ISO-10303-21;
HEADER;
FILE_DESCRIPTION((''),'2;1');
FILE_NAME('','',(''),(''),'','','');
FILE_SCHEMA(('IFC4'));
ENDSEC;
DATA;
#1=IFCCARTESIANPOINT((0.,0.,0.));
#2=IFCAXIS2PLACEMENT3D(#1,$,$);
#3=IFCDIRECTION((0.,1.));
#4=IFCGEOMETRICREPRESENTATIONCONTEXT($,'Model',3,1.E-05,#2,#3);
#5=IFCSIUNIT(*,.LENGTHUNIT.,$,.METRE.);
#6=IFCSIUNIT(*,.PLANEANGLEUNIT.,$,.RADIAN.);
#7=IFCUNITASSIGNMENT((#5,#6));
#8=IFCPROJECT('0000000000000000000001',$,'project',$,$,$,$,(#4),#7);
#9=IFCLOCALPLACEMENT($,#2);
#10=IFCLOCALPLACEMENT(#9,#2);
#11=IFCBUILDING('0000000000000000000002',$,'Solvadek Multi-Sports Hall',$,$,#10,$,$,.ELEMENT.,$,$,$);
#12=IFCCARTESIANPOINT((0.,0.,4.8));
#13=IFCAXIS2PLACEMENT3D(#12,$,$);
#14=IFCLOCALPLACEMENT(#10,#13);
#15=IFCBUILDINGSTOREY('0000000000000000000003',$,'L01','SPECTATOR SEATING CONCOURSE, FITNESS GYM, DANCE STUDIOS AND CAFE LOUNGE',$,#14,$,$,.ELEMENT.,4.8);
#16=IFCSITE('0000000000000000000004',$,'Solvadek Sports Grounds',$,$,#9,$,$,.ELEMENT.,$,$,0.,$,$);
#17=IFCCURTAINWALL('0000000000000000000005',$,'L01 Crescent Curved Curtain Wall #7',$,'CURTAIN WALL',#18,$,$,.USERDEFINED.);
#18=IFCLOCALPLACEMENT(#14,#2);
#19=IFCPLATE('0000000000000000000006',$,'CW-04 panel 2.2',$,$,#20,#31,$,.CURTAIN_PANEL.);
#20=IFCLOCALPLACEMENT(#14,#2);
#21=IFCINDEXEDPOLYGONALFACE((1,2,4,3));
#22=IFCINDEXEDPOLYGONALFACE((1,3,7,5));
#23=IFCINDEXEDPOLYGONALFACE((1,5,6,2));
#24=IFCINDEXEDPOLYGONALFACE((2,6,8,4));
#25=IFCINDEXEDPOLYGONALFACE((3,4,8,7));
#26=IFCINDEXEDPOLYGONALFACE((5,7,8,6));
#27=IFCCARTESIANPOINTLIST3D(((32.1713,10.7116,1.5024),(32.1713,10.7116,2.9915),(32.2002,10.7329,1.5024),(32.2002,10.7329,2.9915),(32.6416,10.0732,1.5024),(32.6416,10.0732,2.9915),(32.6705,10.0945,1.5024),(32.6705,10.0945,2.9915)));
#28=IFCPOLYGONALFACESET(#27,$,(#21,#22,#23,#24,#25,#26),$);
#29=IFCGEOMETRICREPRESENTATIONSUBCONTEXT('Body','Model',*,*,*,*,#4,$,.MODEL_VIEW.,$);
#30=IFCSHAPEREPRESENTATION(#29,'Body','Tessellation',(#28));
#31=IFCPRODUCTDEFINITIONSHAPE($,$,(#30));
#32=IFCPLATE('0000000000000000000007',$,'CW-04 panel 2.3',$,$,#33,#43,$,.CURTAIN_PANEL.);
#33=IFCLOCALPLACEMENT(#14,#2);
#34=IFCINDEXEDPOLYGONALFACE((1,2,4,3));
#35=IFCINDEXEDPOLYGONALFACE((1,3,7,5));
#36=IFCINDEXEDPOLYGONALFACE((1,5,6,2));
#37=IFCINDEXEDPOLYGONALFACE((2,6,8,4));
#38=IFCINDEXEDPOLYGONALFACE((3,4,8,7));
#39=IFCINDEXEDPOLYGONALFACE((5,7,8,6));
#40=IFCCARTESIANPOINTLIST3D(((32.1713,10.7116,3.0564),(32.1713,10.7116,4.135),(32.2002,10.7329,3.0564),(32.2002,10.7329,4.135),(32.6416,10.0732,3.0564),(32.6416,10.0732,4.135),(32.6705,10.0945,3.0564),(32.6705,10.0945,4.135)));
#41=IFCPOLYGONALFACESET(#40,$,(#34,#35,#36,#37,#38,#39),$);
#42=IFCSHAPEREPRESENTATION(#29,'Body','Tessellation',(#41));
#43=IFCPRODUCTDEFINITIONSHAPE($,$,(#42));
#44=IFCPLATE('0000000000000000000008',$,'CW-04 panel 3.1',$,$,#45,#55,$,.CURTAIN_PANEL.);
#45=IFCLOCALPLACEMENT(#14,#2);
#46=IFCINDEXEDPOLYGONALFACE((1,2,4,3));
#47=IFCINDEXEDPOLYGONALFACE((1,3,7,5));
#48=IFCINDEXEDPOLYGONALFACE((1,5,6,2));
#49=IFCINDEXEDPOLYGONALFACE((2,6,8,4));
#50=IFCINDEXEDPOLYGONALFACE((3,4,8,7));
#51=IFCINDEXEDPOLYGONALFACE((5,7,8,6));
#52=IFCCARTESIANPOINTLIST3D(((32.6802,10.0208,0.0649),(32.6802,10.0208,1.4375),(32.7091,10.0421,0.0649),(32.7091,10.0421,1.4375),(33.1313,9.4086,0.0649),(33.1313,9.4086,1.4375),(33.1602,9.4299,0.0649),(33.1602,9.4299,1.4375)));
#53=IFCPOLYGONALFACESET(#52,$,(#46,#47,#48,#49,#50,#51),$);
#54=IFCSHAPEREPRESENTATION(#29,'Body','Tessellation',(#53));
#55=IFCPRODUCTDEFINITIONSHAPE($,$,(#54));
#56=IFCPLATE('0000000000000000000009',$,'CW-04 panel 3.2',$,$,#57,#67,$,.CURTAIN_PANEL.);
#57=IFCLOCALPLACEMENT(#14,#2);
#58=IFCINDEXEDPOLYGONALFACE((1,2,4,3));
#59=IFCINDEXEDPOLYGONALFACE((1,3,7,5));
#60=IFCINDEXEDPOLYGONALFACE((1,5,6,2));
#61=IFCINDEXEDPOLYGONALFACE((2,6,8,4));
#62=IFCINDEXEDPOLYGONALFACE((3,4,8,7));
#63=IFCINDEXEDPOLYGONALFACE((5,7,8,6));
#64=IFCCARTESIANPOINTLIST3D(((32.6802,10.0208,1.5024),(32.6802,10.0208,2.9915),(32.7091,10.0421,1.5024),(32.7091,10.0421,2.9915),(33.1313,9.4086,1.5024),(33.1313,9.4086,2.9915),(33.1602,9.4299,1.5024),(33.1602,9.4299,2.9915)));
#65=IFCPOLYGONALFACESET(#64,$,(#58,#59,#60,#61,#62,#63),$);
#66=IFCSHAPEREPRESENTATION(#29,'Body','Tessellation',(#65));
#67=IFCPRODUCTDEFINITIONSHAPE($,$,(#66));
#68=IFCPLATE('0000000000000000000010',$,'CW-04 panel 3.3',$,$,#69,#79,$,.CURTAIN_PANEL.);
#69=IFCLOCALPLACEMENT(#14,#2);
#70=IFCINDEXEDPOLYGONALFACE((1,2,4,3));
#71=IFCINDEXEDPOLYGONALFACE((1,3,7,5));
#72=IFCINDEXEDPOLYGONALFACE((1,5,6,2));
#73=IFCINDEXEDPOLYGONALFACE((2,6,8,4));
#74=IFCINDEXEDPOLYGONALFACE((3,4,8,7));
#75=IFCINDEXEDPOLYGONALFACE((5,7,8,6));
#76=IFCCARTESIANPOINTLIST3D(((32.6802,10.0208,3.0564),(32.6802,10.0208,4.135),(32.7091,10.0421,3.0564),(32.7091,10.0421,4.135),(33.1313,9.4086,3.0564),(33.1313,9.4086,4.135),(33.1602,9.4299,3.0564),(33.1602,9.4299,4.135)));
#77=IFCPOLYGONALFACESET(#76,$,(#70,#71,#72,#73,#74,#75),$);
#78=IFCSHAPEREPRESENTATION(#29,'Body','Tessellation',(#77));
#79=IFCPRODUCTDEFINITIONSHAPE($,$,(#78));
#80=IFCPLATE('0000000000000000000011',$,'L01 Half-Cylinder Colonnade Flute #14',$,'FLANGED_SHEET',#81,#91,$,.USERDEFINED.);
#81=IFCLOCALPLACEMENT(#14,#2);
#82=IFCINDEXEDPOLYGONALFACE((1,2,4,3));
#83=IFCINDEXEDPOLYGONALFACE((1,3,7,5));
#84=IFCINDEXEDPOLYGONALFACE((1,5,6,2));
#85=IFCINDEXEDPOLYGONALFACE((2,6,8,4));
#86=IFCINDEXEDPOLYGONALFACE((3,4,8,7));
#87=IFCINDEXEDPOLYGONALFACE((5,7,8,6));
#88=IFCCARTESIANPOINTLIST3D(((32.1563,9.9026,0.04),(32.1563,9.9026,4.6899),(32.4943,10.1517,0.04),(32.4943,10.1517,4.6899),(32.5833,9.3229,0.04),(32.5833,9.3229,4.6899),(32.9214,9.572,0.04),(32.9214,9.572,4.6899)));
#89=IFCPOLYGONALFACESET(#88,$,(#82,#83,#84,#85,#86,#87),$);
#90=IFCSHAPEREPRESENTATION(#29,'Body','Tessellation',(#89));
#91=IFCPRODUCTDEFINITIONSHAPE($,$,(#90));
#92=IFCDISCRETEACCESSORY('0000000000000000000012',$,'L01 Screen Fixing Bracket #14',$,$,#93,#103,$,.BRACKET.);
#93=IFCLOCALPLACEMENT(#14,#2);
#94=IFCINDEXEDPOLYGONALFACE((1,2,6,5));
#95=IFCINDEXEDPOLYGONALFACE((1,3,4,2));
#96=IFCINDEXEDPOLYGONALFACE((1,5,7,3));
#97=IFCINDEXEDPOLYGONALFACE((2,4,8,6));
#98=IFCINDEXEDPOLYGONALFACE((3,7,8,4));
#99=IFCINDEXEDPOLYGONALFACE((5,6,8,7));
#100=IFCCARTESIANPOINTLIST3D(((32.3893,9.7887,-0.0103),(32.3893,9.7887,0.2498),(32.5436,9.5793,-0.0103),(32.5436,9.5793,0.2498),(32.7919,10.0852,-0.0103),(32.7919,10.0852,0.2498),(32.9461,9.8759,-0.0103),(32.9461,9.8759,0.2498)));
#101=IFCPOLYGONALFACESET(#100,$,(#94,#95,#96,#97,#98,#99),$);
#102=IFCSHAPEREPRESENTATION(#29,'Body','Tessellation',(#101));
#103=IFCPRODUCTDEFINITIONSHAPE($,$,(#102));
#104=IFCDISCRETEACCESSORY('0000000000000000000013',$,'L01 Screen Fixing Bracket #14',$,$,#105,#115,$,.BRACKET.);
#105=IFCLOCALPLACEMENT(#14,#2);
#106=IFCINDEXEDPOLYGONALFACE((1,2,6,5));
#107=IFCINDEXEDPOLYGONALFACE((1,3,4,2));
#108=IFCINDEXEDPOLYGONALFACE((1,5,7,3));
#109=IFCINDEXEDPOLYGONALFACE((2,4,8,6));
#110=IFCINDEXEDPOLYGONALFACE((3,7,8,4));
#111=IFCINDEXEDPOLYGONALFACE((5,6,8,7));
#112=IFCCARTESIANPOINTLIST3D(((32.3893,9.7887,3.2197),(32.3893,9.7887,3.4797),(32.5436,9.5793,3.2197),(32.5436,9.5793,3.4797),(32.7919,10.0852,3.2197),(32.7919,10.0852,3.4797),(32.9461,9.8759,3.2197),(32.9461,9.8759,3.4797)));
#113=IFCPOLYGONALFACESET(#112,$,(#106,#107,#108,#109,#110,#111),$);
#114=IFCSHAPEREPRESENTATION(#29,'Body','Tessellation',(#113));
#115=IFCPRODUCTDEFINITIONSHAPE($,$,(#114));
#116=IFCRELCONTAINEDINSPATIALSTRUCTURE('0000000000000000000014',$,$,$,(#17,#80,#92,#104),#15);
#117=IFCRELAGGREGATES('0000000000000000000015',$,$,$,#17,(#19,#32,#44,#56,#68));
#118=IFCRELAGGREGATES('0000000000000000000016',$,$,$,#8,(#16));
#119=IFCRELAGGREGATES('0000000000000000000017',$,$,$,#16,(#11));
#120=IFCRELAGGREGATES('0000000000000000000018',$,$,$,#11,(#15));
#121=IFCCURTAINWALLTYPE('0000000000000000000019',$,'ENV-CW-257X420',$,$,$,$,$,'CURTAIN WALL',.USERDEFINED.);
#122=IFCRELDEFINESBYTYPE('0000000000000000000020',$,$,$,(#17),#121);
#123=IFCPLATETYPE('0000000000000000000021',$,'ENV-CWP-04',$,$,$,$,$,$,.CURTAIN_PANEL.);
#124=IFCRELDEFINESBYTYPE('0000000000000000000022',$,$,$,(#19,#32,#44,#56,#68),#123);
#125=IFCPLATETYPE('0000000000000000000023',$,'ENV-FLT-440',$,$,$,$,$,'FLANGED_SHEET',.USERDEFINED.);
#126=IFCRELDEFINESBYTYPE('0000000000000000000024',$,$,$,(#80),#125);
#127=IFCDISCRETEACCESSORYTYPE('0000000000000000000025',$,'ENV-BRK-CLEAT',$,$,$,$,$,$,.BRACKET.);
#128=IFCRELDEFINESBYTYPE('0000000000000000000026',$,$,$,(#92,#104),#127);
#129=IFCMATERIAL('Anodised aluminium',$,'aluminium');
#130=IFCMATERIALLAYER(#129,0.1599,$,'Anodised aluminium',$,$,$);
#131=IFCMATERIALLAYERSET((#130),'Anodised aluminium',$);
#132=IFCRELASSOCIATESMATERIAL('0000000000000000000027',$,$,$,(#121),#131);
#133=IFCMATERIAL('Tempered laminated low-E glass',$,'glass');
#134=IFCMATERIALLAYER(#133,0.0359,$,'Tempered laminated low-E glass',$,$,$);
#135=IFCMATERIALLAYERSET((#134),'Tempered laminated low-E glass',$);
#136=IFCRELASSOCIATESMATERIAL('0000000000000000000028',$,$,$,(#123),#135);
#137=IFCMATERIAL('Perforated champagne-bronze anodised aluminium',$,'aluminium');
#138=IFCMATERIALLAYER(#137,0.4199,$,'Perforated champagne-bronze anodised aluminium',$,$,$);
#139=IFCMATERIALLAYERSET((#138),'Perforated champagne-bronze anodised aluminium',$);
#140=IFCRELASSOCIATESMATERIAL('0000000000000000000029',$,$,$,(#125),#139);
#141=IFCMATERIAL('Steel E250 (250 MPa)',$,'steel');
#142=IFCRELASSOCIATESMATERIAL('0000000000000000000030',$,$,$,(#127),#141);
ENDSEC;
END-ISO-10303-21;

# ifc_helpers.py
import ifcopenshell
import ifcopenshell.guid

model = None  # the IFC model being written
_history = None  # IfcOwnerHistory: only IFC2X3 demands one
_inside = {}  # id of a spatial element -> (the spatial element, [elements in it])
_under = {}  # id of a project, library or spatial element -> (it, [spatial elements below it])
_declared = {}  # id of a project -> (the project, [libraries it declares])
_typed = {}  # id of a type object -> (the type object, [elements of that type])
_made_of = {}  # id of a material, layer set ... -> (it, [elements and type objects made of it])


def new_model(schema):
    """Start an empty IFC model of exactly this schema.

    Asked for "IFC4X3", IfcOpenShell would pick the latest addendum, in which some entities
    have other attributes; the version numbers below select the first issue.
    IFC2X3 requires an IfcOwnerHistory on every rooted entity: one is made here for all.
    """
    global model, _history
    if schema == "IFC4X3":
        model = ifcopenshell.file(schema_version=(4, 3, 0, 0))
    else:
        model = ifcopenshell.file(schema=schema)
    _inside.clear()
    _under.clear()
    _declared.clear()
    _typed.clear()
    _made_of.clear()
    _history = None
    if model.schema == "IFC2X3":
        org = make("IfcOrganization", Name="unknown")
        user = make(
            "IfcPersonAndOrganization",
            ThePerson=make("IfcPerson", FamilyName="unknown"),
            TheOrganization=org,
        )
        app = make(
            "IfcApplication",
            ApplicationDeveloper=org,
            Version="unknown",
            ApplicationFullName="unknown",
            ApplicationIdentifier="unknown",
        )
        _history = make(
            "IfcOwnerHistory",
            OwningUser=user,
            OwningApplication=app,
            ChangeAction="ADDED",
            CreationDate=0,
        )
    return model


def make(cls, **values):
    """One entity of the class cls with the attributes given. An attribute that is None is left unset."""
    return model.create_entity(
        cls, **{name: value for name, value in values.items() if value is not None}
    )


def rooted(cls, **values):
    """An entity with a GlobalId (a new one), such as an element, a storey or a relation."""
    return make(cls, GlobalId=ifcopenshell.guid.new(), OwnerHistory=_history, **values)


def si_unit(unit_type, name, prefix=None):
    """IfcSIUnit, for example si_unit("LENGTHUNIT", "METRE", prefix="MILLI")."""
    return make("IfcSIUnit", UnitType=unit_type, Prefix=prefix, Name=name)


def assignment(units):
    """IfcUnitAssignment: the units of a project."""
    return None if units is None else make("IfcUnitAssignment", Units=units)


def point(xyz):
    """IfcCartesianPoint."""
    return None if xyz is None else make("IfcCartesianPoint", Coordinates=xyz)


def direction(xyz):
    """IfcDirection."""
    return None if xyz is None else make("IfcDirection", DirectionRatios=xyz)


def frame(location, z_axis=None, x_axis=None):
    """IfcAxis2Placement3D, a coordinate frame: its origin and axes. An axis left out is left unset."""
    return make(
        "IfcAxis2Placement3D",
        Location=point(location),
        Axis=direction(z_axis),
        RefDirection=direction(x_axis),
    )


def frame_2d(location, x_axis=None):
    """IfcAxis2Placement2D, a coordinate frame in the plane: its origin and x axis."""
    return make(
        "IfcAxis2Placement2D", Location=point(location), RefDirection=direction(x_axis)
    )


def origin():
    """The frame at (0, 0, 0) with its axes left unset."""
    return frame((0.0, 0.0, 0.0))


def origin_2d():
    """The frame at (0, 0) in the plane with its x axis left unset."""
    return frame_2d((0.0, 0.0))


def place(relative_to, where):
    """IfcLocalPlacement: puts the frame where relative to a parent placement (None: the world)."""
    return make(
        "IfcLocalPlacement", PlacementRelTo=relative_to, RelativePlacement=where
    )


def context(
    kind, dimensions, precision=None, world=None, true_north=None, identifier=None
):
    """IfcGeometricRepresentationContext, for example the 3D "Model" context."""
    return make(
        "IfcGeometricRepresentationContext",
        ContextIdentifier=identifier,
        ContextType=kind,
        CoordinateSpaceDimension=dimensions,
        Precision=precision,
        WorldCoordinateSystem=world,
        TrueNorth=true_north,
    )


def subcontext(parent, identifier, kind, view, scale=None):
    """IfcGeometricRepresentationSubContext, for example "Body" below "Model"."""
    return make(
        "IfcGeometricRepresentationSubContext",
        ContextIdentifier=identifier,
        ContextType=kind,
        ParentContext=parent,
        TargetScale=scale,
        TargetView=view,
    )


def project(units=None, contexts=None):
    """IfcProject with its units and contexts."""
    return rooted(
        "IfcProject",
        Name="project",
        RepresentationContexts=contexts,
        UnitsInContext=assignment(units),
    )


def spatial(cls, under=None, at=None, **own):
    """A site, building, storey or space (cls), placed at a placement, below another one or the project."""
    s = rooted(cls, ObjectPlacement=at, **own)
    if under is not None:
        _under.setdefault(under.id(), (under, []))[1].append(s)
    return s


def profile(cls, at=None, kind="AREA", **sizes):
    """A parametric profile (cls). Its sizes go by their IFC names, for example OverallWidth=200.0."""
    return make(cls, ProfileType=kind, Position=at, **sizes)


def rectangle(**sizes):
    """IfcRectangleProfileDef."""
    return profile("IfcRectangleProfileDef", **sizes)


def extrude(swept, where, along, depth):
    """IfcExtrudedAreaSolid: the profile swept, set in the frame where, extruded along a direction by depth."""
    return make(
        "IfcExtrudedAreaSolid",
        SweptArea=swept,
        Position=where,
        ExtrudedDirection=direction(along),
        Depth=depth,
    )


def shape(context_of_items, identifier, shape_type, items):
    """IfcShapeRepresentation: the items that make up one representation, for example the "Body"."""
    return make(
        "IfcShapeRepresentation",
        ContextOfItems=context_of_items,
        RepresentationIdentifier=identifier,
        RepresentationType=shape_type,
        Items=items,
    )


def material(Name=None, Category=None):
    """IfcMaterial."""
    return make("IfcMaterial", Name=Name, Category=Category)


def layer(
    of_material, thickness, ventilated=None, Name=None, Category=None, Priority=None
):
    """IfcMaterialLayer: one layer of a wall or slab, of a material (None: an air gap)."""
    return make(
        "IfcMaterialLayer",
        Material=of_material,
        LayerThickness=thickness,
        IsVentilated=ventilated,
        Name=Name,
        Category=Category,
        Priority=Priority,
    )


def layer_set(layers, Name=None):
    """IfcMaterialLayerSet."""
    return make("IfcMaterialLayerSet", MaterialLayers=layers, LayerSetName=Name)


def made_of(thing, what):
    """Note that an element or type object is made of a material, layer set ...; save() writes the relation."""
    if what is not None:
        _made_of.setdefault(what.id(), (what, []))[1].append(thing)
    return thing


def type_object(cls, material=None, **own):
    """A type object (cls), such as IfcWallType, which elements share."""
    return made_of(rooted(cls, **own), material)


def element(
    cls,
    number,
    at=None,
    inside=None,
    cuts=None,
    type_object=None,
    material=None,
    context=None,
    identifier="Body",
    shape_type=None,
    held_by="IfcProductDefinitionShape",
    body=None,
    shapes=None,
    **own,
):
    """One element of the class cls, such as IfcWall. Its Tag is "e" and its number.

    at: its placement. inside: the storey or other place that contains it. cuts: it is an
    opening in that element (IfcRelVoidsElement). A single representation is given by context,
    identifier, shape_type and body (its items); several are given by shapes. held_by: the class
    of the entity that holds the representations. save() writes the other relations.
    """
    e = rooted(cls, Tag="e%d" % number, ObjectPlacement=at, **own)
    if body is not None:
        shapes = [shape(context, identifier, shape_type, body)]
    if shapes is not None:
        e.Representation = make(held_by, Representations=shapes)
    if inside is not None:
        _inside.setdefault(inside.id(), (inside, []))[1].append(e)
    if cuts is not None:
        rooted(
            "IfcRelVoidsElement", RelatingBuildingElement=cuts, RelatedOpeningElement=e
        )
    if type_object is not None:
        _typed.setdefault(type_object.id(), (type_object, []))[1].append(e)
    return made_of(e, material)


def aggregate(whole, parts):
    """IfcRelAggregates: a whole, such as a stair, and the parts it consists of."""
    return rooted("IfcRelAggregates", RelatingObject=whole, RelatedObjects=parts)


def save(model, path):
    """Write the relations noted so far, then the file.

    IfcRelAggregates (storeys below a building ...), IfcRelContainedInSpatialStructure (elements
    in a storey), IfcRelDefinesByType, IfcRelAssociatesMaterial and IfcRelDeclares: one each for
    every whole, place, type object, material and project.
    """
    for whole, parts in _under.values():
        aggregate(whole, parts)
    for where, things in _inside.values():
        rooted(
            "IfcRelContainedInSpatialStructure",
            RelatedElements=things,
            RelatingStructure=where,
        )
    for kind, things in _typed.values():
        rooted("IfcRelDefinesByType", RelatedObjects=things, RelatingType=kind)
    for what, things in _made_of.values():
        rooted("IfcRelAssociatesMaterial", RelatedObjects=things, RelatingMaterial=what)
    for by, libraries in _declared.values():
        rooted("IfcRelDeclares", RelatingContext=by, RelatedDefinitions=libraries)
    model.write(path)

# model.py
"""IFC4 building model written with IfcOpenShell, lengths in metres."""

from ifc_helpers import new_model, si_unit, direction, frame, origin, origin_2d, place, context, subcontext, project, spatial, rectangle, extrude, material, layer, layer_set, type_object, element, aggregate, save


model = new_model("IFC4")

# Units and contexts
model_context = context("Model", 3, precision=1e-05, world=origin(), true_north=direction((0.0, 1.0)))
body_context = subcontext(model_context, "Body", "Model", "MODEL_VIEW")
ifc_project = project(units=[si_unit("LENGTHUNIT", "METRE"), si_unit("PLANEANGLEUNIT", "RADIAN")], contexts=[model_context])

# Site, building, storey
site_placement = place(None, origin())
site = spatial("IfcSite", under=ifc_project, at=site_placement, Name="Solvadek Sports Grounds", CompositionType="ELEMENT", RefElevation=0.0)
building_placement = place(site_placement, origin())
building = spatial("IfcBuilding", under=site, at=building_placement, Name="Solvadek Multi-Sports Hall", CompositionType="ELEMENT")
storey_placement = place(building_placement, frame((0.0, 0.0, 4.8)))
storey = spatial("IfcBuildingStorey", under=building, at=storey_placement, Name="L01", Description="SPECTATOR SEATING CONCOURSE, FITNESS GYM, DANCE STUDIOS AND CAFE LOUNGE", CompositionType="ELEMENT", Elevation=4.8)

# Curtain wall
ifc_material_1 = material(Name="Anodised aluminium", Category="aluminium")
ifc_layer_1 = layer(ifc_material_1, 0.1599, Name="Anodised aluminium")
ifc_layer_set_1 = layer_set([ifc_layer_1], Name="Anodised aluminium")
curtain_wall_type_1 = type_object("IfcCurtainWallType", Name="ENV-CW-257X420", ElementType="CURTAIN WALL", PredefinedType="USERDEFINED", material=ifc_layer_set_1)
curtain_wall_1_placement = place(storey_placement, origin())
curtain_wall_1 = element("IfcCurtainWall", 1, at=curtain_wall_1_placement, inside=storey, type_object=curtain_wall_type_1, Name="L01 Crescent Curved Curtain Wall #7", ObjectType="CURTAIN WALL", PredefinedType="USERDEFINED")

# Plates
ifc_material_2 = material(Name="Tempered laminated low-E glass", Category="glass")
ifc_layer_2 = layer(ifc_material_2, 0.0359, Name="Tempered laminated low-E glass")
ifc_layer_set_2 = layer_set([ifc_layer_2], Name="Tempered laminated low-E glass")
plate_type_1 = type_object("IfcPlateType", Name="ENV-CWP-04", PredefinedType="CURTAIN_PANEL", material=ifc_layer_set_2)
plate_1_placement = place(storey_placement, frame((32.4209, 10.4031, 1.5024), z_axis=(0.0, 0.0, 1.0), x_axis=(0.593153, -0.80509, 0.0)))
plate_1 = element("IfcPlate", 2, at=plate_1_placement, type_object=plate_type_1, Name="CW-04 panel 2.2", PredefinedType="CURTAIN_PANEL", context=body_context, shape_type="SweptSolid", body=[
    extrude(rectangle(XDim=0.793, YDim=0.0359, at=origin_2d()), origin(), (0.0, 0.0, 1.0), 1.489),
])
plate_2_placement = place(storey_placement, frame((32.4209, 10.4031, 3.0564), z_axis=(0.0, 0.0, 1.0), x_axis=(0.593153, -0.80509, 0.0)))
plate_2 = element("IfcPlate", 3, at=plate_2_placement, type_object=plate_type_1, Name="CW-04 panel 2.3", PredefinedType="CURTAIN_PANEL", context=body_context, shape_type="SweptSolid", body=[
    extrude(rectangle(XDim=0.793, YDim=0.0359, at=origin_2d()), origin(), (0.0, 0.0, 1.0), 1.0786),
])
plate_3_placement = place(storey_placement, frame((32.9202, 9.7253, 0.0649), z_axis=(0.0, 0.0, 1.0), x_axis=(0.593153, -0.80509, 0.0)))
plate_3 = element("IfcPlate", 4, at=plate_3_placement, type_object=plate_type_1, Name="CW-04 panel 3.1", PredefinedType="CURTAIN_PANEL", context=body_context, shape_type="SweptSolid", body=[
    extrude(rectangle(XDim=0.7605, YDim=0.0359, at=origin_2d()), origin(), (0.0, 0.0, 1.0), 1.3726),
])
plate_4_placement = place(storey_placement, frame((32.9202, 9.7253, 1.5024), z_axis=(0.0, 0.0, 1.0), x_axis=(0.593153, -0.80509, 0.0)))
plate_4 = element("IfcPlate", 5, at=plate_4_placement, type_object=plate_type_1, Name="CW-04 panel 3.2", PredefinedType="CURTAIN_PANEL", context=body_context, shape_type="SweptSolid", body=[
    extrude(rectangle(XDim=0.7605, YDim=0.0359, at=origin_2d()), origin(), (0.0, 0.0, 1.0), 1.489),
])
plate_5_placement = place(storey_placement, frame((32.9202, 9.7253, 3.0564), z_axis=(0.0, 0.0, 1.0), x_axis=(0.593153, -0.80509, 0.0)))
plate_5 = element("IfcPlate", 6, at=plate_5_placement, type_object=plate_type_1, Name="CW-04 panel 3.3", PredefinedType="CURTAIN_PANEL", context=body_context, shape_type="SweptSolid", body=[
    extrude(rectangle(XDim=0.7605, YDim=0.0359, at=origin_2d()), origin(), (0.0, 0.0, 1.0), 1.0786),
])
aggregate(curtain_wall_1, [plate_1, plate_2, plate_3, plate_4, plate_5])
ifc_material_3 = material(Name="Perforated champagne-bronze anodised aluminium", Category="aluminium")
ifc_layer_3 = layer(ifc_material_3, 0.4199, Name="Perforated champagne-bronze anodised aluminium")
ifc_layer_set_3 = layer_set([ifc_layer_3], Name="Perforated champagne-bronze anodised aluminium")
plate_type_2 = type_object("IfcPlateType", Name="ENV-FLT-440", ElementType="FLANGED_SHEET", PredefinedType="USERDEFINED", material=ifc_layer_set_3)
plate_6_placement = place(storey_placement, frame((32.5388, 9.7373, 0.04), z_axis=(0.0, 0.0, 1.0), x_axis=(0.593159, -0.805085, 0.0)))
element("IfcPlate", 7, at=plate_6_placement, inside=storey, type_object=plate_type_2, Name="L01 Half-Cylinder Colonnade Flute #14", ObjectType="FLANGED_SHEET", PredefinedType="USERDEFINED", context=body_context, shape_type="SweptSolid", body=[
    extrude(rectangle(XDim=0.72, YDim=0.4199, at=origin_2d()), origin(), (0.0, 0.0, 1.0), 4.6499),
])

# Discrete accessories
ifc_material_4 = material(Name="Steel E250 (250 MPa)", Category="steel")
discrete_accessory_type = type_object("IfcDiscreteAccessoryType", Name="ENV-BRK-CLEAT", PredefinedType="BRACKET", material=ifc_material_4)
for number, where, z_axis, x_axis, name in (
    (8, (32.6677, 9.8323, -0.0103), (0.0, 0.0, 1.0), (0.593159, -0.805085, 0.0), "L01 Screen Fixing Bracket #14"),
    (9, (32.6677, 9.8323, 3.2197), (0.0, 0.0, 1.0), (0.593159, -0.805085, 0.0), "L01 Screen Fixing Bracket #14"),
):
    element("IfcDiscreteAccessory", number, at=place(storey_placement, frame(where, z_axis=z_axis, x_axis=x_axis)), inside=storey, type_object=discrete_accessory_type, Name=name, PredefinedType="BRACKET", context=body_context, shape_type="SweptSolid", body=[
        extrude(rectangle(XDim=0.26, YDim=0.5, at=origin_2d()), origin(), (0.0, 0.0, 1.0), 0.26),
    ])

save(model, "model.ifc")
